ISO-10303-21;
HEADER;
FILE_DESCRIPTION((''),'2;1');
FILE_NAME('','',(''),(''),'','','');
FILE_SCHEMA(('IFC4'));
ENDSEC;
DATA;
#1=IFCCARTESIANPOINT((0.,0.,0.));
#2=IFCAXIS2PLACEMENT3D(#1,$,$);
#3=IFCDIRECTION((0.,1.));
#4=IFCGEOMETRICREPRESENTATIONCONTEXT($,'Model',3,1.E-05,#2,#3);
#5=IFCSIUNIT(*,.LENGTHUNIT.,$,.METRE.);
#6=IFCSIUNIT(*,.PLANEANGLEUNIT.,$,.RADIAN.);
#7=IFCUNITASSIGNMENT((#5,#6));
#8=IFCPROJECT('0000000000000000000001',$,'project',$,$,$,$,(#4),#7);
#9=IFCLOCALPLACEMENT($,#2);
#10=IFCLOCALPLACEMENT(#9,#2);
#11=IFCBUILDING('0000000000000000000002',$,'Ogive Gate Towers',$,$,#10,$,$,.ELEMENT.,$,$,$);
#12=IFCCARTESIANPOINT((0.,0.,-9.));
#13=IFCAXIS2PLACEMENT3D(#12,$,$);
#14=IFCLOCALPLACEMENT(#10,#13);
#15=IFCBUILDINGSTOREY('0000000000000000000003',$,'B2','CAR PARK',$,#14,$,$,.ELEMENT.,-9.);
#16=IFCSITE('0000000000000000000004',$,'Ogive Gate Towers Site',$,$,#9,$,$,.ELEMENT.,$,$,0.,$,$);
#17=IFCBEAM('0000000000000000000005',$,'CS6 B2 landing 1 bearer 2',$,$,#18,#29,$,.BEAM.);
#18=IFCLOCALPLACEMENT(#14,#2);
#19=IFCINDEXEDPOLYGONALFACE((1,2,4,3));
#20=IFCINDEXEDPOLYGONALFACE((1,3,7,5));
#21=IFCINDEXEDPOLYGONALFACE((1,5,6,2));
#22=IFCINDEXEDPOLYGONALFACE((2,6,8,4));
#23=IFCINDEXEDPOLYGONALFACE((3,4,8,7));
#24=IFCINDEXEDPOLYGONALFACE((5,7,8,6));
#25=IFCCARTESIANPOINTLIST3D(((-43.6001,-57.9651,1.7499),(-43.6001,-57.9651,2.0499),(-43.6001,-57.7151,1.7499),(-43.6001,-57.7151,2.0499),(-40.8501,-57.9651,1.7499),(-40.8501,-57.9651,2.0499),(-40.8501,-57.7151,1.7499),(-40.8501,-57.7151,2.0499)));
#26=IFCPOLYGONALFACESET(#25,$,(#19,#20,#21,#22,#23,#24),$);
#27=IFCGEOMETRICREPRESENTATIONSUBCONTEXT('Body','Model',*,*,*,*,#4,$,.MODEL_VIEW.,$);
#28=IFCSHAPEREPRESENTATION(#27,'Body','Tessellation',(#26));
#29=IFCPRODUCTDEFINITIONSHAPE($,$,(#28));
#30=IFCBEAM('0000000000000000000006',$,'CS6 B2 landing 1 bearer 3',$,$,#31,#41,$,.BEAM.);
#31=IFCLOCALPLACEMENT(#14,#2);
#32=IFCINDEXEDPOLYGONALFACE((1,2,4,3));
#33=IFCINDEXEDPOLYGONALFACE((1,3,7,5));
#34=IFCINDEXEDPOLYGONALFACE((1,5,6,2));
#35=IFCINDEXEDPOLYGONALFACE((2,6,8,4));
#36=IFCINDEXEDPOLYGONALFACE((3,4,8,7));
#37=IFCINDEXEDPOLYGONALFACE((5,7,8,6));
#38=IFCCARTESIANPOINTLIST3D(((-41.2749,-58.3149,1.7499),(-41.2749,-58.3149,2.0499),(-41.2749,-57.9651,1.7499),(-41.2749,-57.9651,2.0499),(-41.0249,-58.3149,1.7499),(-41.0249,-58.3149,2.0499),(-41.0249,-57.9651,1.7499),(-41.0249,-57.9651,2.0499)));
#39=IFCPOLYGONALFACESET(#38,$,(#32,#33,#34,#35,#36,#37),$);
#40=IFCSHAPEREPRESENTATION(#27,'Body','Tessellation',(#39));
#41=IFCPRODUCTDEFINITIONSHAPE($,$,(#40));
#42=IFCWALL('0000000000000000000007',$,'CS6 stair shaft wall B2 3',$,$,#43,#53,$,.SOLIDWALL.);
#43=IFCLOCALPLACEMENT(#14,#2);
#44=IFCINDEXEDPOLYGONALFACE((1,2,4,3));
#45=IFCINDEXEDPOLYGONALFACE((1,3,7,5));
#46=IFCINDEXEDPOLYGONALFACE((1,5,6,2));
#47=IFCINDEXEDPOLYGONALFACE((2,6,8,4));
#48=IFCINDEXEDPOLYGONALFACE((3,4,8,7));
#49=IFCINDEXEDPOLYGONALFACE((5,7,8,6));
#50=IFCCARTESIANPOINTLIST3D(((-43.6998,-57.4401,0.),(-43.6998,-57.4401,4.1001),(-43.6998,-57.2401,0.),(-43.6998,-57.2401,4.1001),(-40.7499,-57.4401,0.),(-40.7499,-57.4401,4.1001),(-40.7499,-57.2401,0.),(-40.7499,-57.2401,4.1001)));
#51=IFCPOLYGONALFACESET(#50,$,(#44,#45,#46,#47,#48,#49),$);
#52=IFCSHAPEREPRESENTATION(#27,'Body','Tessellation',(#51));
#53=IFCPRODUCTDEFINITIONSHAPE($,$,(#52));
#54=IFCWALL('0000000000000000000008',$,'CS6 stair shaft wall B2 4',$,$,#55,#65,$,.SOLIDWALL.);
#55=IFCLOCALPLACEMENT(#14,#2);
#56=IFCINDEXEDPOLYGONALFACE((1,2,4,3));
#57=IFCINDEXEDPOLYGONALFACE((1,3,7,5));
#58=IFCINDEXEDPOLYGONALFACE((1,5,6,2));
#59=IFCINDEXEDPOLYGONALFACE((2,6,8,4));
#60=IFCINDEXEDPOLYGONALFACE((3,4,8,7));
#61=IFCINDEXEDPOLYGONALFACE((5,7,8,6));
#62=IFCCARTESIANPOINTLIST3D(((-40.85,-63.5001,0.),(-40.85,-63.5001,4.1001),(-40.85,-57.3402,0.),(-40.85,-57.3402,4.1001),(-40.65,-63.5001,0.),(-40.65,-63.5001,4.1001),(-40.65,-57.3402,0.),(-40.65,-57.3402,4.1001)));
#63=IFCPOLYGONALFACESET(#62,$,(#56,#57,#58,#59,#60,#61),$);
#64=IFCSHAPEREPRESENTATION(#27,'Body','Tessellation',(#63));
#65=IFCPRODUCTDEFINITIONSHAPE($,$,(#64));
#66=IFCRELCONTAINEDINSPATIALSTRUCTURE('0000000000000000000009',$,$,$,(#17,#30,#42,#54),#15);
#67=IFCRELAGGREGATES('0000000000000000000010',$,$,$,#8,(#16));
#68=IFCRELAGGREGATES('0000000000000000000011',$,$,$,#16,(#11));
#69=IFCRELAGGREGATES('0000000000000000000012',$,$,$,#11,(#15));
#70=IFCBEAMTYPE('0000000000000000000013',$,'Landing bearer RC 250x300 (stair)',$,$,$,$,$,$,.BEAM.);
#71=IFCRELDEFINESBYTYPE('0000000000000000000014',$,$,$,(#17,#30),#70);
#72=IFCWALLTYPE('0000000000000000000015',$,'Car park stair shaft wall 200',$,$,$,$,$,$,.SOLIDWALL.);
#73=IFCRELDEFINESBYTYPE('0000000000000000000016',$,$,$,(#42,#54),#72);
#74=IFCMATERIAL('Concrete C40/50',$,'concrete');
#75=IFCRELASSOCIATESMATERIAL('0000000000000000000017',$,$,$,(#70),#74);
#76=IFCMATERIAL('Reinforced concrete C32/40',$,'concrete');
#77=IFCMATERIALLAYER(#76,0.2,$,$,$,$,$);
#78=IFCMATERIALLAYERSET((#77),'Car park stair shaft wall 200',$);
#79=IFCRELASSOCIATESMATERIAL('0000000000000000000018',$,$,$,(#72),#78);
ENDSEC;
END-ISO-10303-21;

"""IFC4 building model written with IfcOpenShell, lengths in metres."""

from ifc_helpers import new_model, si_unit, direction, frame, frame_2d, origin, origin_2d, place, context, subcontext, project, spatial, rectangle, extrude, material, layer, layer_set, material_profile, profile_set, type_object, element, save


model = new_model("IFC4")

# Units and contexts
model_context = context("Model", 3, precision=1e-05, world=origin(), true_north=direction((0.0, 1.0)))
body_context = subcontext(model_context, "Body", "Model", "MODEL_VIEW")
ifc_project = project(units=[si_unit("LENGTHUNIT", "METRE"), si_unit("PLANEANGLEUNIT", "RADIAN")], contexts=[model_context])

# Site, building, storey
site_placement = place(None, origin())
site = spatial("IfcSite", under=ifc_project, at=site_placement, Name="Ogive Gate Towers Site", CompositionType="ELEMENT", RefElevation=0.0)
building_placement = place(site_placement, origin())
building = spatial("IfcBuilding", under=site, at=building_placement, Name="Ogive Gate Towers", CompositionType="ELEMENT")
storey_placement = place(building_placement, frame((0.0, 0.0, -9.0)))
storey = spatial("IfcBuildingStorey", under=building, at=storey_placement, Name="B2", Description="CAR PARK", CompositionType="ELEMENT", Elevation=-9.0)

# Shared definitions
ifc_material_1 = material(Name="Concrete C40/50", Category="concrete")

# Beams
ifc_material_profile_1 = material_profile(ifc_material_1, rectangle(XDim=0.25, YDim=0.3, at=origin_2d()), Name="RC 250x300")
ifc_profile_set_1 = profile_set([ifc_material_profile_1], Name="Concrete C40/50")
beam_type = type_object("IfcBeamType", Name="Landing bearer RC 250x300 (stair)", PredefinedType="BEAM", material=ifc_profile_set_1)
beam_1_placement = place(storey_placement, frame((-40.8501, -57.8401, 1.8999), z_axis=(-1.0, 0.0, 0.0), x_axis=(0.0, -1.0, 0.0)))
element("IfcBeam", 1, at=beam_1_placement, inside=storey, type_object=beam_type, Name="CS6 B2 landing 1 bearer 2", PredefinedType="BEAM", context=body_context, shape_type="SweptSolid", body=[
    extrude(rectangle(XDim=0.25, YDim=0.3, at=origin_2d()), origin(), (0.0, 0.0, 1.0), 2.75),
])
beam_2_placement = place(storey_placement, frame((-41.1499, -58.3149, 1.8999), z_axis=(0.0, 1.0, 0.0), x_axis=(-1.0, 0.0, 0.0)))
element("IfcBeam", 2, at=beam_2_placement, inside=storey, type_object=beam_type, Name="CS6 B2 landing 1 bearer 3", PredefinedType="BEAM", context=body_context, shape_type="SweptSolid", body=[
    extrude(rectangle(XDim=0.25, YDim=0.3, at=origin_2d()), origin(), (0.0, 0.0, 1.0), 0.3499),
])

# Walls
ifc_material_2 = material(Name="Reinforced concrete C32/40", Category="concrete")
ifc_layer = layer(ifc_material_2, 0.2)
ifc_layer_set = layer_set([ifc_layer], Name="Car park stair shaft wall 200")
wall_type = type_object("IfcWallType", Name="Car park stair shaft wall 200", PredefinedType="SOLIDWALL", material=ifc_layer_set)
wall_1_placement = place(storey_placement, frame((-43.7, -57.3401, 0.0), z_axis=(0.0, 0.0, 1.0), x_axis=(1.0, 0.0, 0.0)))
element("IfcWall", 3, at=wall_1_placement, inside=storey, type_object=wall_type, Name="CS6 stair shaft wall B2 3", PredefinedType="SOLIDWALL", context=body_context, shape_type="SweptSolid", body=[
    extrude(rectangle(XDim=2.95, YDim=0.2, at=frame_2d((1.4751, 0.0))), origin(), (0.0, 0.0, 1.0), 4.1001),
])
wall_2_placement = place(storey_placement, frame((-40.75, -57.3401, 0.0), z_axis=(0.0, 0.0, 1.0), x_axis=(0.0, -1.0, 0.0)))
element("IfcWall", 4, at=wall_2_placement, inside=storey, type_object=wall_type, Name="CS6 stair shaft wall B2 4", PredefinedType="SOLIDWALL", context=body_context, shape_type="SweptSolid", body=[
    extrude(rectangle(XDim=6.1599, YDim=0.2, at=frame_2d((3.0801, 0.0))), origin(), (0.0, 0.0, 1.0), 4.1001),
])

save(model, "model.ifc")
